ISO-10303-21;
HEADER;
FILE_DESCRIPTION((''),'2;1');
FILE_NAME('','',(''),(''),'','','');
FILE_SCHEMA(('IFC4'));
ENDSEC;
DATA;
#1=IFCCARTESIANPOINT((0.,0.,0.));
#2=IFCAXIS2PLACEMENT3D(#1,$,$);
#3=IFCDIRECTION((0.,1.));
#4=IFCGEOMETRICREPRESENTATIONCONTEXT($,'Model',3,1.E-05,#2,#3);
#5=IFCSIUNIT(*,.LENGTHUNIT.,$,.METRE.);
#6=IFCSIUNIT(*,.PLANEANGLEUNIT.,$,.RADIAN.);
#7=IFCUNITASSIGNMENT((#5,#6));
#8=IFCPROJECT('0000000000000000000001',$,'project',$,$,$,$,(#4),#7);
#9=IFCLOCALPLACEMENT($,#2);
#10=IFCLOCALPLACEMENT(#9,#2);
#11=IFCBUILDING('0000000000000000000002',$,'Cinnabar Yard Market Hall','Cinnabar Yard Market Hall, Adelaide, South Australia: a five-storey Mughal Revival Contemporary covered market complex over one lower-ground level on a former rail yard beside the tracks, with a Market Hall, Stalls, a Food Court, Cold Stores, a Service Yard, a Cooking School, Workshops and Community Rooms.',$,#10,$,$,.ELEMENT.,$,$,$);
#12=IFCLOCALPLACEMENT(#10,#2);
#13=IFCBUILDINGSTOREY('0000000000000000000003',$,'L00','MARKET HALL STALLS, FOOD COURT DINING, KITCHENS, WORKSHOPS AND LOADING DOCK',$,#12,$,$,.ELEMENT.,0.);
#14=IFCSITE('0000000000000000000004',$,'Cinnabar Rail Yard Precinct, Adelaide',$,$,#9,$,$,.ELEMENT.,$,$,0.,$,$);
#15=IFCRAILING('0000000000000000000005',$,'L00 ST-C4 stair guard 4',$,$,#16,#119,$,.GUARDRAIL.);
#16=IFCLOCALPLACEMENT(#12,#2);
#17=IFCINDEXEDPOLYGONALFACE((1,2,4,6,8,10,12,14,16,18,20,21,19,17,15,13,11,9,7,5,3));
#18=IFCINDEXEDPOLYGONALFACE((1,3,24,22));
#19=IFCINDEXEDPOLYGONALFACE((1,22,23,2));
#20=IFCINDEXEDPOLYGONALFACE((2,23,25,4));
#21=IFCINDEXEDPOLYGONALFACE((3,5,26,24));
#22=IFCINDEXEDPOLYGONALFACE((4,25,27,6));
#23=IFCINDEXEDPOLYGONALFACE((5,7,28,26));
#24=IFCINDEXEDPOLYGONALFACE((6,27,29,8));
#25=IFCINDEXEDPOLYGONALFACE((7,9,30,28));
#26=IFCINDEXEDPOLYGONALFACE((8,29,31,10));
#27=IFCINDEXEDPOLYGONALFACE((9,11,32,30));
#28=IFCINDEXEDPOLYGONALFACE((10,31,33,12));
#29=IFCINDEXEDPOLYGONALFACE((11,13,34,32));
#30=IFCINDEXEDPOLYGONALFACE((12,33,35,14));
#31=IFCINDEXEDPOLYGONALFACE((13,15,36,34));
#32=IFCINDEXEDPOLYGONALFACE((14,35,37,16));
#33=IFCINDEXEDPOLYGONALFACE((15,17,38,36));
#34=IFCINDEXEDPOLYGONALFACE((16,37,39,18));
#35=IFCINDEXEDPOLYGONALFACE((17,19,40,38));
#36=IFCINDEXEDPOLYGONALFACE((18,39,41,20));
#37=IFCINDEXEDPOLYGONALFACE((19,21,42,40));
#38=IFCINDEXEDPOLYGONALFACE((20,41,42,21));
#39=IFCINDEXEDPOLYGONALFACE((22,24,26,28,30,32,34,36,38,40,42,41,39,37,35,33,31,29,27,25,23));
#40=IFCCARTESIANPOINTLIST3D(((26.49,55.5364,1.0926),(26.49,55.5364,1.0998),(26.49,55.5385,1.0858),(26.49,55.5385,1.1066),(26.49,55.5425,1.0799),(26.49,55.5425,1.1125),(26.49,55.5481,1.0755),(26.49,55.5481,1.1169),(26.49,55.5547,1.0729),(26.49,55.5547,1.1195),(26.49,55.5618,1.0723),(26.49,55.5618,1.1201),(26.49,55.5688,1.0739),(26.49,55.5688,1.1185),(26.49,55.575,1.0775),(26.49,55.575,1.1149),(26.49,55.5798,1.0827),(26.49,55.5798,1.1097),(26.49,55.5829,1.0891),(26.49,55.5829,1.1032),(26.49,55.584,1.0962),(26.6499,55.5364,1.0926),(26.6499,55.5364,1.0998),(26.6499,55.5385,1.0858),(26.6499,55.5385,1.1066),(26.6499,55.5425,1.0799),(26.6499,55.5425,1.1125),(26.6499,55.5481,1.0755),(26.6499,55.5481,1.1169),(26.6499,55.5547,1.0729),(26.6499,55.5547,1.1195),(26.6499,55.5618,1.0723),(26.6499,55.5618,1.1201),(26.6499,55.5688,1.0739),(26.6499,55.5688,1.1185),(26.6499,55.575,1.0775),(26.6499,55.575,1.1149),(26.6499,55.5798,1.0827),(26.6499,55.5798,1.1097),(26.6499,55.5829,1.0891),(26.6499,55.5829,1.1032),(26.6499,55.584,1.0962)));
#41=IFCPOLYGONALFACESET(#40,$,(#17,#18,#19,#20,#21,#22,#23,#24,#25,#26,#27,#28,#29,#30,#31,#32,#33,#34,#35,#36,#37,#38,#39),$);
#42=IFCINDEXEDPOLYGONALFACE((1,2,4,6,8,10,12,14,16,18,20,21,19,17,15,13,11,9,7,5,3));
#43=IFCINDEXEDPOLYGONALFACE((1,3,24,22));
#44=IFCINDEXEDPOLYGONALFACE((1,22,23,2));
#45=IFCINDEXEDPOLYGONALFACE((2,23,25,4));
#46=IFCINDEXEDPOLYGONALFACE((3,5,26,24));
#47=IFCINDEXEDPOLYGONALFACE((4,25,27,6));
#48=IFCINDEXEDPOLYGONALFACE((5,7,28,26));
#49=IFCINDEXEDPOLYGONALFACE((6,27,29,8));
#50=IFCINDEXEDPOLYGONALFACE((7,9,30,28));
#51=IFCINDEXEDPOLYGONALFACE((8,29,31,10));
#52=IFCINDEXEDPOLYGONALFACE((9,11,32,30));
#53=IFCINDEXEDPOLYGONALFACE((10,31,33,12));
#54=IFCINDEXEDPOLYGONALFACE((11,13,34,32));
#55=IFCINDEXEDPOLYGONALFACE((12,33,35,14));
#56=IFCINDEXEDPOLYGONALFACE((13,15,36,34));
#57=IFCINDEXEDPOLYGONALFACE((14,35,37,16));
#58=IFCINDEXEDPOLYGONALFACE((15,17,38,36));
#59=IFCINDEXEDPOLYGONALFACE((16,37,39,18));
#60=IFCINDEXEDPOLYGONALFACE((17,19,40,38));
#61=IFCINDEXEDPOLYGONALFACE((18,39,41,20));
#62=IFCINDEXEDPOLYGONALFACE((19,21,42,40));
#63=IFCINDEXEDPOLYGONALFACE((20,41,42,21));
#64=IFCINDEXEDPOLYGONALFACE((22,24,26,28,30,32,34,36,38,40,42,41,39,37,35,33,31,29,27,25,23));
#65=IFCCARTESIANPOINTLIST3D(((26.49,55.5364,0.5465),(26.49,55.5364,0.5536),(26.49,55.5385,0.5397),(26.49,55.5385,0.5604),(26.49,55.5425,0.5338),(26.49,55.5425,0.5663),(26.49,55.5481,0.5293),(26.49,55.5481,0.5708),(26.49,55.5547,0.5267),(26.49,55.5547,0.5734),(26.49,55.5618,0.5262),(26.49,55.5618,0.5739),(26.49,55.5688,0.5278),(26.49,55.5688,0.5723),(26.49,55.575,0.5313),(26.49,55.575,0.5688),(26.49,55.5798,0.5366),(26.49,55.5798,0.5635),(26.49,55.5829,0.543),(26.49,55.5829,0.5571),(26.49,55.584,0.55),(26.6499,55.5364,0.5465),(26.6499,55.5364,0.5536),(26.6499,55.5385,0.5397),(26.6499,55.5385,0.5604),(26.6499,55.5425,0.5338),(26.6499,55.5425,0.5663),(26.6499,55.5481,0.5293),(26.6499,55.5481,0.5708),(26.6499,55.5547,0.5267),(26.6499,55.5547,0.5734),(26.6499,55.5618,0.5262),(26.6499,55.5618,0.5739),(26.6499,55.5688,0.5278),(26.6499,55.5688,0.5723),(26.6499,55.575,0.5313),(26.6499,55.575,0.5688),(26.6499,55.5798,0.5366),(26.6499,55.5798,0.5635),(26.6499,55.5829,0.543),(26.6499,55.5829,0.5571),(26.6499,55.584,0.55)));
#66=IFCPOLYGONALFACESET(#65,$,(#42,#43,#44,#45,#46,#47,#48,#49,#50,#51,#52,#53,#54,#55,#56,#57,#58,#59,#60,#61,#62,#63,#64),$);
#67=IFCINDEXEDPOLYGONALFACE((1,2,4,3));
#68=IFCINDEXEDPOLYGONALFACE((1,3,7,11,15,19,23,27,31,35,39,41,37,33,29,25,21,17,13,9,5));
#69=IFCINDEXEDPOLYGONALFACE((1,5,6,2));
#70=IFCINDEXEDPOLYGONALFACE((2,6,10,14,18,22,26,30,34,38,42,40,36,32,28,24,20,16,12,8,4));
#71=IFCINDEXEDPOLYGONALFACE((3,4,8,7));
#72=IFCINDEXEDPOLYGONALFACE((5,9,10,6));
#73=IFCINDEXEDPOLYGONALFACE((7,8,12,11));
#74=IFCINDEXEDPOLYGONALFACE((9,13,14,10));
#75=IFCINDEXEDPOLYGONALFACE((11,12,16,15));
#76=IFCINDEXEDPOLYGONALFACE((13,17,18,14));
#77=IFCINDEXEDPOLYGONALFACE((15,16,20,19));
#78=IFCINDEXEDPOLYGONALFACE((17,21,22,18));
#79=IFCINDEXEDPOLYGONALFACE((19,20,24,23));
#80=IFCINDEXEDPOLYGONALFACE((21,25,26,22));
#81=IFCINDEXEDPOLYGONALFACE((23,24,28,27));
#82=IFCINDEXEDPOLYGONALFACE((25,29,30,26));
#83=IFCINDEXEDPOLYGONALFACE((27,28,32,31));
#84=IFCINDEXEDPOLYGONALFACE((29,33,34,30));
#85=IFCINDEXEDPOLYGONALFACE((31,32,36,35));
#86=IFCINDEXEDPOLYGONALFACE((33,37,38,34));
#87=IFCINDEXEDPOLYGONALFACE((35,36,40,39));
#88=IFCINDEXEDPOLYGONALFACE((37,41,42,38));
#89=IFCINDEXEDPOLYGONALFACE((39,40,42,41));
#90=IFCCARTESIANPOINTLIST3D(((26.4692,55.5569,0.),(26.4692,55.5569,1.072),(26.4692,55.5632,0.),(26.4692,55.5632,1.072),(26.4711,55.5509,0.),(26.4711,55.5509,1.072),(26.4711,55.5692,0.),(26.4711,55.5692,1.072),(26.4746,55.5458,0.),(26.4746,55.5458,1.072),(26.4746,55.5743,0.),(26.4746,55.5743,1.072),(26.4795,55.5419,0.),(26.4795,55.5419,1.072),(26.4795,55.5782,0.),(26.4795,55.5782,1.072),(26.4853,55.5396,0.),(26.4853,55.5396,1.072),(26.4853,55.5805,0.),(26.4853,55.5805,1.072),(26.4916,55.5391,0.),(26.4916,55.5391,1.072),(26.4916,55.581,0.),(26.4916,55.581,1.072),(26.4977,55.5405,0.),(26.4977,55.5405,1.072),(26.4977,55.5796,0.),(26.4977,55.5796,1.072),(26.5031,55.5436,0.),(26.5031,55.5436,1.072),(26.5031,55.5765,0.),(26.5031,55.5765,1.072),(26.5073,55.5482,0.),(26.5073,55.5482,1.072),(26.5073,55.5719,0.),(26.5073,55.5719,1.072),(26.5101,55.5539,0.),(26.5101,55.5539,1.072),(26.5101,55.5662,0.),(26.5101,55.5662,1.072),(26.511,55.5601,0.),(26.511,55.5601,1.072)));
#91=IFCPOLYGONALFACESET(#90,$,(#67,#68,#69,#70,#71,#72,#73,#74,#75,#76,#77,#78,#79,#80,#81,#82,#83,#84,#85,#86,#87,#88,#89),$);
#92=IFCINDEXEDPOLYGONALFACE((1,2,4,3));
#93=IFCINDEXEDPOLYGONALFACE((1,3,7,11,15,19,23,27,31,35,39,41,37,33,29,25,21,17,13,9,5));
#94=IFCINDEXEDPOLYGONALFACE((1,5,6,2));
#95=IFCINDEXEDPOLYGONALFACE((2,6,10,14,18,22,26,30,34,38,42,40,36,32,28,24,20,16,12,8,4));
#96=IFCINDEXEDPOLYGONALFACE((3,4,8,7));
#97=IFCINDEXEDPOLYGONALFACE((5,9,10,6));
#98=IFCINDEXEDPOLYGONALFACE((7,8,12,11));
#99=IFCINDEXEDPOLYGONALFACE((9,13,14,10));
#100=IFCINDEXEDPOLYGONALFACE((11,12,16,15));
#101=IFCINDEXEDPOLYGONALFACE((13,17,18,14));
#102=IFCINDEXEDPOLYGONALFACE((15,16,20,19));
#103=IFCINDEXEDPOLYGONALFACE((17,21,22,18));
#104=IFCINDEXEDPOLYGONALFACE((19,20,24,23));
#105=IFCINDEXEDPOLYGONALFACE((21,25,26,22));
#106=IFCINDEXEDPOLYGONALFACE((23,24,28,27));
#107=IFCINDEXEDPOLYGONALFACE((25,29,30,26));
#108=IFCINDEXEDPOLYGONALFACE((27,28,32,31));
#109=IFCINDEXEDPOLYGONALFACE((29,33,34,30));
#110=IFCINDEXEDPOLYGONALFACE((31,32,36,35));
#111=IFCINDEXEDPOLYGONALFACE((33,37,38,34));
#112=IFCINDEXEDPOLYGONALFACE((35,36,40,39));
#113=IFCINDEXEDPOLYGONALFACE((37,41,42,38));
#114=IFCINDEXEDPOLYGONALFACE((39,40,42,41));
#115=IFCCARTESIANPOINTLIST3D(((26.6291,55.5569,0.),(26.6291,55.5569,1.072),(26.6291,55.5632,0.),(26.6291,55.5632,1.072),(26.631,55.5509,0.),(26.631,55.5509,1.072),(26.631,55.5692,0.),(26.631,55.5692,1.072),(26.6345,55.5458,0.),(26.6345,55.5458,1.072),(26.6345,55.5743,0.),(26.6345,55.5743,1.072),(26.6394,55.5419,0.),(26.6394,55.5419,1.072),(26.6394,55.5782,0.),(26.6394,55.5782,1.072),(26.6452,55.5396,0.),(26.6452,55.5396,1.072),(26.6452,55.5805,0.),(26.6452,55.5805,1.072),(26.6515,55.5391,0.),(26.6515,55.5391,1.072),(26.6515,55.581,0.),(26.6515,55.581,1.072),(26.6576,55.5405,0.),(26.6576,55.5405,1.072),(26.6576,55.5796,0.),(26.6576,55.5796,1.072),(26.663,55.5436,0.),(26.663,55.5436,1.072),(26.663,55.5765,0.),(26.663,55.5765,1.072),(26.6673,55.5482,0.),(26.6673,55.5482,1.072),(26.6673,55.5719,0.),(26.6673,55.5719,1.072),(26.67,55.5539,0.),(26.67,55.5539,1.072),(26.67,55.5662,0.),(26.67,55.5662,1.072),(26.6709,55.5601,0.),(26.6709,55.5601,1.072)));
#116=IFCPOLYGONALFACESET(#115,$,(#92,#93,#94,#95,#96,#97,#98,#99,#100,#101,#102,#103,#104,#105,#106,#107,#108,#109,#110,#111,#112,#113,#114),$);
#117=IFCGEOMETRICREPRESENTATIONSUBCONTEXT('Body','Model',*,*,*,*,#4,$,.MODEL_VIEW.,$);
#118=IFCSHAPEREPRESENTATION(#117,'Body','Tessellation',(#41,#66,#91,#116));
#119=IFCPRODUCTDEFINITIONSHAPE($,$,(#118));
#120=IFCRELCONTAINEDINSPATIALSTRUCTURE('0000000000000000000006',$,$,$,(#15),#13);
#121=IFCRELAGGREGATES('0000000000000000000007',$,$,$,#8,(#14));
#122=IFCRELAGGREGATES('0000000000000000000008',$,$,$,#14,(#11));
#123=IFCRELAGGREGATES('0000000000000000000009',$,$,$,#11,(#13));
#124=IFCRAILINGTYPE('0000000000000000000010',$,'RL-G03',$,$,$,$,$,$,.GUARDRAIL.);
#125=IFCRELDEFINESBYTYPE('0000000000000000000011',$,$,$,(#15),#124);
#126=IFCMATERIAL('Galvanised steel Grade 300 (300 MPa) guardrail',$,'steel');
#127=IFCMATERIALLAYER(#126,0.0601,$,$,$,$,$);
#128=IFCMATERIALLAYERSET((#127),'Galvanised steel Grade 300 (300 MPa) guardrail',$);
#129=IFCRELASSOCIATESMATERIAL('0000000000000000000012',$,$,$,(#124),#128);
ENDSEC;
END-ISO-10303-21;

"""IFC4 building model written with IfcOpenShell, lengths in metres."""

from ifc_helpers import new_model, si_unit, direction, frame, origin, origin_2d_with_axis, place, context, subcontext, project, spatial, circle, extrude, material, layer, layer_set, type_object, element, save


model = new_model("IFC4")

# Units and contexts
model_context = context("Model", 3, precision=1e-05, world=origin(), true_north=direction((0.0, 1.0)))
body_context = subcontext(model_context, "Body", "Model", "MODEL_VIEW")
ifc_project = project(units=[si_unit("LENGTHUNIT", "METRE"), si_unit("PLANEANGLEUNIT", "RADIAN")], contexts=[model_context])

# Site, building, storey
site_placement = place(None, origin())
site = spatial("IfcSite", under=ifc_project, at=site_placement, Name="Cinnabar Rail Yard Precinct, Adelaide", CompositionType="ELEMENT", RefElevation=0.0)
building_placement = place(site_placement, origin())
building = spatial("IfcBuilding", under=site, at=building_placement, Name="Cinnabar Yard Market Hall", Description="Cinnabar Yard Market Hall, Adelaide, South Australia: a five-storey Mughal Revival Contemporary covered market complex over one lower-ground level on a former rail yard beside the tracks, with a Market Hall, Stalls, a Food Court, Cold Stores, a Service Yard, a Cooking School, Workshops and Community Rooms.", CompositionType="ELEMENT")
storey_placement = place(building_placement, origin())
storey = spatial("IfcBuildingStorey", under=building, at=storey_placement, Name="L00", Description="MARKET HALL STALLS, FOOD COURT DINING, KITCHENS, WORKSHOPS AND LOADING DOCK", CompositionType="ELEMENT", Elevation=0.0)

# Railing
ifc_material_1 = material(Name="Galvanised steel Grade 300 (300 MPa) guardrail", Category="steel")
ifc_layer_1 = layer(ifc_material_1, 0.0601)
ifc_layer_set_1 = layer_set([ifc_layer_1], Name="Galvanised steel Grade 300 (300 MPa) guardrail")
railing_type_1 = type_object("IfcRailingType", Name="RL-G03", PredefinedType="GUARDRAIL", material=ifc_layer_set_1)
railing_1_placement = place(storey_placement, frame((26.49, 55.5601, 0.0)))
element("IfcRailing", 1, at=railing_1_placement, inside=storey, type_object=railing_type_1, Name="L00 ST-C4 stair guard 4", PredefinedType="GUARDRAIL", context=body_context, shape_type="SweptSolid", body=[
    extrude(circle(Radius=0.0239, at=origin_2d_with_axis()), frame((0.0, 0.0, 1.0962), z_axis=(1.0, 0.0, 0.0), x_axis=(0.0, 1.0, 0.0)), (0.0, 0.0, 1.0), 0.1599),
    extrude(circle(Radius=0.0239, at=origin_2d_with_axis()), frame((0.0, 0.0, 0.55), z_axis=(1.0, 0.0, 0.0), x_axis=(0.0, 1.0, 0.0)), (0.0, 0.0, 1.0), 0.1599),
    extrude(circle(Radius=0.021, at=origin_2d_with_axis()), origin(), (0.0, 0.0, 1.0), 1.072),
    extrude(circle(Radius=0.021, at=origin_2d_with_axis()), frame((0.1599, 0.0, 0.0)), (0.0, 0.0, 1.0), 1.072),
])

save(model, "model.ifc")
